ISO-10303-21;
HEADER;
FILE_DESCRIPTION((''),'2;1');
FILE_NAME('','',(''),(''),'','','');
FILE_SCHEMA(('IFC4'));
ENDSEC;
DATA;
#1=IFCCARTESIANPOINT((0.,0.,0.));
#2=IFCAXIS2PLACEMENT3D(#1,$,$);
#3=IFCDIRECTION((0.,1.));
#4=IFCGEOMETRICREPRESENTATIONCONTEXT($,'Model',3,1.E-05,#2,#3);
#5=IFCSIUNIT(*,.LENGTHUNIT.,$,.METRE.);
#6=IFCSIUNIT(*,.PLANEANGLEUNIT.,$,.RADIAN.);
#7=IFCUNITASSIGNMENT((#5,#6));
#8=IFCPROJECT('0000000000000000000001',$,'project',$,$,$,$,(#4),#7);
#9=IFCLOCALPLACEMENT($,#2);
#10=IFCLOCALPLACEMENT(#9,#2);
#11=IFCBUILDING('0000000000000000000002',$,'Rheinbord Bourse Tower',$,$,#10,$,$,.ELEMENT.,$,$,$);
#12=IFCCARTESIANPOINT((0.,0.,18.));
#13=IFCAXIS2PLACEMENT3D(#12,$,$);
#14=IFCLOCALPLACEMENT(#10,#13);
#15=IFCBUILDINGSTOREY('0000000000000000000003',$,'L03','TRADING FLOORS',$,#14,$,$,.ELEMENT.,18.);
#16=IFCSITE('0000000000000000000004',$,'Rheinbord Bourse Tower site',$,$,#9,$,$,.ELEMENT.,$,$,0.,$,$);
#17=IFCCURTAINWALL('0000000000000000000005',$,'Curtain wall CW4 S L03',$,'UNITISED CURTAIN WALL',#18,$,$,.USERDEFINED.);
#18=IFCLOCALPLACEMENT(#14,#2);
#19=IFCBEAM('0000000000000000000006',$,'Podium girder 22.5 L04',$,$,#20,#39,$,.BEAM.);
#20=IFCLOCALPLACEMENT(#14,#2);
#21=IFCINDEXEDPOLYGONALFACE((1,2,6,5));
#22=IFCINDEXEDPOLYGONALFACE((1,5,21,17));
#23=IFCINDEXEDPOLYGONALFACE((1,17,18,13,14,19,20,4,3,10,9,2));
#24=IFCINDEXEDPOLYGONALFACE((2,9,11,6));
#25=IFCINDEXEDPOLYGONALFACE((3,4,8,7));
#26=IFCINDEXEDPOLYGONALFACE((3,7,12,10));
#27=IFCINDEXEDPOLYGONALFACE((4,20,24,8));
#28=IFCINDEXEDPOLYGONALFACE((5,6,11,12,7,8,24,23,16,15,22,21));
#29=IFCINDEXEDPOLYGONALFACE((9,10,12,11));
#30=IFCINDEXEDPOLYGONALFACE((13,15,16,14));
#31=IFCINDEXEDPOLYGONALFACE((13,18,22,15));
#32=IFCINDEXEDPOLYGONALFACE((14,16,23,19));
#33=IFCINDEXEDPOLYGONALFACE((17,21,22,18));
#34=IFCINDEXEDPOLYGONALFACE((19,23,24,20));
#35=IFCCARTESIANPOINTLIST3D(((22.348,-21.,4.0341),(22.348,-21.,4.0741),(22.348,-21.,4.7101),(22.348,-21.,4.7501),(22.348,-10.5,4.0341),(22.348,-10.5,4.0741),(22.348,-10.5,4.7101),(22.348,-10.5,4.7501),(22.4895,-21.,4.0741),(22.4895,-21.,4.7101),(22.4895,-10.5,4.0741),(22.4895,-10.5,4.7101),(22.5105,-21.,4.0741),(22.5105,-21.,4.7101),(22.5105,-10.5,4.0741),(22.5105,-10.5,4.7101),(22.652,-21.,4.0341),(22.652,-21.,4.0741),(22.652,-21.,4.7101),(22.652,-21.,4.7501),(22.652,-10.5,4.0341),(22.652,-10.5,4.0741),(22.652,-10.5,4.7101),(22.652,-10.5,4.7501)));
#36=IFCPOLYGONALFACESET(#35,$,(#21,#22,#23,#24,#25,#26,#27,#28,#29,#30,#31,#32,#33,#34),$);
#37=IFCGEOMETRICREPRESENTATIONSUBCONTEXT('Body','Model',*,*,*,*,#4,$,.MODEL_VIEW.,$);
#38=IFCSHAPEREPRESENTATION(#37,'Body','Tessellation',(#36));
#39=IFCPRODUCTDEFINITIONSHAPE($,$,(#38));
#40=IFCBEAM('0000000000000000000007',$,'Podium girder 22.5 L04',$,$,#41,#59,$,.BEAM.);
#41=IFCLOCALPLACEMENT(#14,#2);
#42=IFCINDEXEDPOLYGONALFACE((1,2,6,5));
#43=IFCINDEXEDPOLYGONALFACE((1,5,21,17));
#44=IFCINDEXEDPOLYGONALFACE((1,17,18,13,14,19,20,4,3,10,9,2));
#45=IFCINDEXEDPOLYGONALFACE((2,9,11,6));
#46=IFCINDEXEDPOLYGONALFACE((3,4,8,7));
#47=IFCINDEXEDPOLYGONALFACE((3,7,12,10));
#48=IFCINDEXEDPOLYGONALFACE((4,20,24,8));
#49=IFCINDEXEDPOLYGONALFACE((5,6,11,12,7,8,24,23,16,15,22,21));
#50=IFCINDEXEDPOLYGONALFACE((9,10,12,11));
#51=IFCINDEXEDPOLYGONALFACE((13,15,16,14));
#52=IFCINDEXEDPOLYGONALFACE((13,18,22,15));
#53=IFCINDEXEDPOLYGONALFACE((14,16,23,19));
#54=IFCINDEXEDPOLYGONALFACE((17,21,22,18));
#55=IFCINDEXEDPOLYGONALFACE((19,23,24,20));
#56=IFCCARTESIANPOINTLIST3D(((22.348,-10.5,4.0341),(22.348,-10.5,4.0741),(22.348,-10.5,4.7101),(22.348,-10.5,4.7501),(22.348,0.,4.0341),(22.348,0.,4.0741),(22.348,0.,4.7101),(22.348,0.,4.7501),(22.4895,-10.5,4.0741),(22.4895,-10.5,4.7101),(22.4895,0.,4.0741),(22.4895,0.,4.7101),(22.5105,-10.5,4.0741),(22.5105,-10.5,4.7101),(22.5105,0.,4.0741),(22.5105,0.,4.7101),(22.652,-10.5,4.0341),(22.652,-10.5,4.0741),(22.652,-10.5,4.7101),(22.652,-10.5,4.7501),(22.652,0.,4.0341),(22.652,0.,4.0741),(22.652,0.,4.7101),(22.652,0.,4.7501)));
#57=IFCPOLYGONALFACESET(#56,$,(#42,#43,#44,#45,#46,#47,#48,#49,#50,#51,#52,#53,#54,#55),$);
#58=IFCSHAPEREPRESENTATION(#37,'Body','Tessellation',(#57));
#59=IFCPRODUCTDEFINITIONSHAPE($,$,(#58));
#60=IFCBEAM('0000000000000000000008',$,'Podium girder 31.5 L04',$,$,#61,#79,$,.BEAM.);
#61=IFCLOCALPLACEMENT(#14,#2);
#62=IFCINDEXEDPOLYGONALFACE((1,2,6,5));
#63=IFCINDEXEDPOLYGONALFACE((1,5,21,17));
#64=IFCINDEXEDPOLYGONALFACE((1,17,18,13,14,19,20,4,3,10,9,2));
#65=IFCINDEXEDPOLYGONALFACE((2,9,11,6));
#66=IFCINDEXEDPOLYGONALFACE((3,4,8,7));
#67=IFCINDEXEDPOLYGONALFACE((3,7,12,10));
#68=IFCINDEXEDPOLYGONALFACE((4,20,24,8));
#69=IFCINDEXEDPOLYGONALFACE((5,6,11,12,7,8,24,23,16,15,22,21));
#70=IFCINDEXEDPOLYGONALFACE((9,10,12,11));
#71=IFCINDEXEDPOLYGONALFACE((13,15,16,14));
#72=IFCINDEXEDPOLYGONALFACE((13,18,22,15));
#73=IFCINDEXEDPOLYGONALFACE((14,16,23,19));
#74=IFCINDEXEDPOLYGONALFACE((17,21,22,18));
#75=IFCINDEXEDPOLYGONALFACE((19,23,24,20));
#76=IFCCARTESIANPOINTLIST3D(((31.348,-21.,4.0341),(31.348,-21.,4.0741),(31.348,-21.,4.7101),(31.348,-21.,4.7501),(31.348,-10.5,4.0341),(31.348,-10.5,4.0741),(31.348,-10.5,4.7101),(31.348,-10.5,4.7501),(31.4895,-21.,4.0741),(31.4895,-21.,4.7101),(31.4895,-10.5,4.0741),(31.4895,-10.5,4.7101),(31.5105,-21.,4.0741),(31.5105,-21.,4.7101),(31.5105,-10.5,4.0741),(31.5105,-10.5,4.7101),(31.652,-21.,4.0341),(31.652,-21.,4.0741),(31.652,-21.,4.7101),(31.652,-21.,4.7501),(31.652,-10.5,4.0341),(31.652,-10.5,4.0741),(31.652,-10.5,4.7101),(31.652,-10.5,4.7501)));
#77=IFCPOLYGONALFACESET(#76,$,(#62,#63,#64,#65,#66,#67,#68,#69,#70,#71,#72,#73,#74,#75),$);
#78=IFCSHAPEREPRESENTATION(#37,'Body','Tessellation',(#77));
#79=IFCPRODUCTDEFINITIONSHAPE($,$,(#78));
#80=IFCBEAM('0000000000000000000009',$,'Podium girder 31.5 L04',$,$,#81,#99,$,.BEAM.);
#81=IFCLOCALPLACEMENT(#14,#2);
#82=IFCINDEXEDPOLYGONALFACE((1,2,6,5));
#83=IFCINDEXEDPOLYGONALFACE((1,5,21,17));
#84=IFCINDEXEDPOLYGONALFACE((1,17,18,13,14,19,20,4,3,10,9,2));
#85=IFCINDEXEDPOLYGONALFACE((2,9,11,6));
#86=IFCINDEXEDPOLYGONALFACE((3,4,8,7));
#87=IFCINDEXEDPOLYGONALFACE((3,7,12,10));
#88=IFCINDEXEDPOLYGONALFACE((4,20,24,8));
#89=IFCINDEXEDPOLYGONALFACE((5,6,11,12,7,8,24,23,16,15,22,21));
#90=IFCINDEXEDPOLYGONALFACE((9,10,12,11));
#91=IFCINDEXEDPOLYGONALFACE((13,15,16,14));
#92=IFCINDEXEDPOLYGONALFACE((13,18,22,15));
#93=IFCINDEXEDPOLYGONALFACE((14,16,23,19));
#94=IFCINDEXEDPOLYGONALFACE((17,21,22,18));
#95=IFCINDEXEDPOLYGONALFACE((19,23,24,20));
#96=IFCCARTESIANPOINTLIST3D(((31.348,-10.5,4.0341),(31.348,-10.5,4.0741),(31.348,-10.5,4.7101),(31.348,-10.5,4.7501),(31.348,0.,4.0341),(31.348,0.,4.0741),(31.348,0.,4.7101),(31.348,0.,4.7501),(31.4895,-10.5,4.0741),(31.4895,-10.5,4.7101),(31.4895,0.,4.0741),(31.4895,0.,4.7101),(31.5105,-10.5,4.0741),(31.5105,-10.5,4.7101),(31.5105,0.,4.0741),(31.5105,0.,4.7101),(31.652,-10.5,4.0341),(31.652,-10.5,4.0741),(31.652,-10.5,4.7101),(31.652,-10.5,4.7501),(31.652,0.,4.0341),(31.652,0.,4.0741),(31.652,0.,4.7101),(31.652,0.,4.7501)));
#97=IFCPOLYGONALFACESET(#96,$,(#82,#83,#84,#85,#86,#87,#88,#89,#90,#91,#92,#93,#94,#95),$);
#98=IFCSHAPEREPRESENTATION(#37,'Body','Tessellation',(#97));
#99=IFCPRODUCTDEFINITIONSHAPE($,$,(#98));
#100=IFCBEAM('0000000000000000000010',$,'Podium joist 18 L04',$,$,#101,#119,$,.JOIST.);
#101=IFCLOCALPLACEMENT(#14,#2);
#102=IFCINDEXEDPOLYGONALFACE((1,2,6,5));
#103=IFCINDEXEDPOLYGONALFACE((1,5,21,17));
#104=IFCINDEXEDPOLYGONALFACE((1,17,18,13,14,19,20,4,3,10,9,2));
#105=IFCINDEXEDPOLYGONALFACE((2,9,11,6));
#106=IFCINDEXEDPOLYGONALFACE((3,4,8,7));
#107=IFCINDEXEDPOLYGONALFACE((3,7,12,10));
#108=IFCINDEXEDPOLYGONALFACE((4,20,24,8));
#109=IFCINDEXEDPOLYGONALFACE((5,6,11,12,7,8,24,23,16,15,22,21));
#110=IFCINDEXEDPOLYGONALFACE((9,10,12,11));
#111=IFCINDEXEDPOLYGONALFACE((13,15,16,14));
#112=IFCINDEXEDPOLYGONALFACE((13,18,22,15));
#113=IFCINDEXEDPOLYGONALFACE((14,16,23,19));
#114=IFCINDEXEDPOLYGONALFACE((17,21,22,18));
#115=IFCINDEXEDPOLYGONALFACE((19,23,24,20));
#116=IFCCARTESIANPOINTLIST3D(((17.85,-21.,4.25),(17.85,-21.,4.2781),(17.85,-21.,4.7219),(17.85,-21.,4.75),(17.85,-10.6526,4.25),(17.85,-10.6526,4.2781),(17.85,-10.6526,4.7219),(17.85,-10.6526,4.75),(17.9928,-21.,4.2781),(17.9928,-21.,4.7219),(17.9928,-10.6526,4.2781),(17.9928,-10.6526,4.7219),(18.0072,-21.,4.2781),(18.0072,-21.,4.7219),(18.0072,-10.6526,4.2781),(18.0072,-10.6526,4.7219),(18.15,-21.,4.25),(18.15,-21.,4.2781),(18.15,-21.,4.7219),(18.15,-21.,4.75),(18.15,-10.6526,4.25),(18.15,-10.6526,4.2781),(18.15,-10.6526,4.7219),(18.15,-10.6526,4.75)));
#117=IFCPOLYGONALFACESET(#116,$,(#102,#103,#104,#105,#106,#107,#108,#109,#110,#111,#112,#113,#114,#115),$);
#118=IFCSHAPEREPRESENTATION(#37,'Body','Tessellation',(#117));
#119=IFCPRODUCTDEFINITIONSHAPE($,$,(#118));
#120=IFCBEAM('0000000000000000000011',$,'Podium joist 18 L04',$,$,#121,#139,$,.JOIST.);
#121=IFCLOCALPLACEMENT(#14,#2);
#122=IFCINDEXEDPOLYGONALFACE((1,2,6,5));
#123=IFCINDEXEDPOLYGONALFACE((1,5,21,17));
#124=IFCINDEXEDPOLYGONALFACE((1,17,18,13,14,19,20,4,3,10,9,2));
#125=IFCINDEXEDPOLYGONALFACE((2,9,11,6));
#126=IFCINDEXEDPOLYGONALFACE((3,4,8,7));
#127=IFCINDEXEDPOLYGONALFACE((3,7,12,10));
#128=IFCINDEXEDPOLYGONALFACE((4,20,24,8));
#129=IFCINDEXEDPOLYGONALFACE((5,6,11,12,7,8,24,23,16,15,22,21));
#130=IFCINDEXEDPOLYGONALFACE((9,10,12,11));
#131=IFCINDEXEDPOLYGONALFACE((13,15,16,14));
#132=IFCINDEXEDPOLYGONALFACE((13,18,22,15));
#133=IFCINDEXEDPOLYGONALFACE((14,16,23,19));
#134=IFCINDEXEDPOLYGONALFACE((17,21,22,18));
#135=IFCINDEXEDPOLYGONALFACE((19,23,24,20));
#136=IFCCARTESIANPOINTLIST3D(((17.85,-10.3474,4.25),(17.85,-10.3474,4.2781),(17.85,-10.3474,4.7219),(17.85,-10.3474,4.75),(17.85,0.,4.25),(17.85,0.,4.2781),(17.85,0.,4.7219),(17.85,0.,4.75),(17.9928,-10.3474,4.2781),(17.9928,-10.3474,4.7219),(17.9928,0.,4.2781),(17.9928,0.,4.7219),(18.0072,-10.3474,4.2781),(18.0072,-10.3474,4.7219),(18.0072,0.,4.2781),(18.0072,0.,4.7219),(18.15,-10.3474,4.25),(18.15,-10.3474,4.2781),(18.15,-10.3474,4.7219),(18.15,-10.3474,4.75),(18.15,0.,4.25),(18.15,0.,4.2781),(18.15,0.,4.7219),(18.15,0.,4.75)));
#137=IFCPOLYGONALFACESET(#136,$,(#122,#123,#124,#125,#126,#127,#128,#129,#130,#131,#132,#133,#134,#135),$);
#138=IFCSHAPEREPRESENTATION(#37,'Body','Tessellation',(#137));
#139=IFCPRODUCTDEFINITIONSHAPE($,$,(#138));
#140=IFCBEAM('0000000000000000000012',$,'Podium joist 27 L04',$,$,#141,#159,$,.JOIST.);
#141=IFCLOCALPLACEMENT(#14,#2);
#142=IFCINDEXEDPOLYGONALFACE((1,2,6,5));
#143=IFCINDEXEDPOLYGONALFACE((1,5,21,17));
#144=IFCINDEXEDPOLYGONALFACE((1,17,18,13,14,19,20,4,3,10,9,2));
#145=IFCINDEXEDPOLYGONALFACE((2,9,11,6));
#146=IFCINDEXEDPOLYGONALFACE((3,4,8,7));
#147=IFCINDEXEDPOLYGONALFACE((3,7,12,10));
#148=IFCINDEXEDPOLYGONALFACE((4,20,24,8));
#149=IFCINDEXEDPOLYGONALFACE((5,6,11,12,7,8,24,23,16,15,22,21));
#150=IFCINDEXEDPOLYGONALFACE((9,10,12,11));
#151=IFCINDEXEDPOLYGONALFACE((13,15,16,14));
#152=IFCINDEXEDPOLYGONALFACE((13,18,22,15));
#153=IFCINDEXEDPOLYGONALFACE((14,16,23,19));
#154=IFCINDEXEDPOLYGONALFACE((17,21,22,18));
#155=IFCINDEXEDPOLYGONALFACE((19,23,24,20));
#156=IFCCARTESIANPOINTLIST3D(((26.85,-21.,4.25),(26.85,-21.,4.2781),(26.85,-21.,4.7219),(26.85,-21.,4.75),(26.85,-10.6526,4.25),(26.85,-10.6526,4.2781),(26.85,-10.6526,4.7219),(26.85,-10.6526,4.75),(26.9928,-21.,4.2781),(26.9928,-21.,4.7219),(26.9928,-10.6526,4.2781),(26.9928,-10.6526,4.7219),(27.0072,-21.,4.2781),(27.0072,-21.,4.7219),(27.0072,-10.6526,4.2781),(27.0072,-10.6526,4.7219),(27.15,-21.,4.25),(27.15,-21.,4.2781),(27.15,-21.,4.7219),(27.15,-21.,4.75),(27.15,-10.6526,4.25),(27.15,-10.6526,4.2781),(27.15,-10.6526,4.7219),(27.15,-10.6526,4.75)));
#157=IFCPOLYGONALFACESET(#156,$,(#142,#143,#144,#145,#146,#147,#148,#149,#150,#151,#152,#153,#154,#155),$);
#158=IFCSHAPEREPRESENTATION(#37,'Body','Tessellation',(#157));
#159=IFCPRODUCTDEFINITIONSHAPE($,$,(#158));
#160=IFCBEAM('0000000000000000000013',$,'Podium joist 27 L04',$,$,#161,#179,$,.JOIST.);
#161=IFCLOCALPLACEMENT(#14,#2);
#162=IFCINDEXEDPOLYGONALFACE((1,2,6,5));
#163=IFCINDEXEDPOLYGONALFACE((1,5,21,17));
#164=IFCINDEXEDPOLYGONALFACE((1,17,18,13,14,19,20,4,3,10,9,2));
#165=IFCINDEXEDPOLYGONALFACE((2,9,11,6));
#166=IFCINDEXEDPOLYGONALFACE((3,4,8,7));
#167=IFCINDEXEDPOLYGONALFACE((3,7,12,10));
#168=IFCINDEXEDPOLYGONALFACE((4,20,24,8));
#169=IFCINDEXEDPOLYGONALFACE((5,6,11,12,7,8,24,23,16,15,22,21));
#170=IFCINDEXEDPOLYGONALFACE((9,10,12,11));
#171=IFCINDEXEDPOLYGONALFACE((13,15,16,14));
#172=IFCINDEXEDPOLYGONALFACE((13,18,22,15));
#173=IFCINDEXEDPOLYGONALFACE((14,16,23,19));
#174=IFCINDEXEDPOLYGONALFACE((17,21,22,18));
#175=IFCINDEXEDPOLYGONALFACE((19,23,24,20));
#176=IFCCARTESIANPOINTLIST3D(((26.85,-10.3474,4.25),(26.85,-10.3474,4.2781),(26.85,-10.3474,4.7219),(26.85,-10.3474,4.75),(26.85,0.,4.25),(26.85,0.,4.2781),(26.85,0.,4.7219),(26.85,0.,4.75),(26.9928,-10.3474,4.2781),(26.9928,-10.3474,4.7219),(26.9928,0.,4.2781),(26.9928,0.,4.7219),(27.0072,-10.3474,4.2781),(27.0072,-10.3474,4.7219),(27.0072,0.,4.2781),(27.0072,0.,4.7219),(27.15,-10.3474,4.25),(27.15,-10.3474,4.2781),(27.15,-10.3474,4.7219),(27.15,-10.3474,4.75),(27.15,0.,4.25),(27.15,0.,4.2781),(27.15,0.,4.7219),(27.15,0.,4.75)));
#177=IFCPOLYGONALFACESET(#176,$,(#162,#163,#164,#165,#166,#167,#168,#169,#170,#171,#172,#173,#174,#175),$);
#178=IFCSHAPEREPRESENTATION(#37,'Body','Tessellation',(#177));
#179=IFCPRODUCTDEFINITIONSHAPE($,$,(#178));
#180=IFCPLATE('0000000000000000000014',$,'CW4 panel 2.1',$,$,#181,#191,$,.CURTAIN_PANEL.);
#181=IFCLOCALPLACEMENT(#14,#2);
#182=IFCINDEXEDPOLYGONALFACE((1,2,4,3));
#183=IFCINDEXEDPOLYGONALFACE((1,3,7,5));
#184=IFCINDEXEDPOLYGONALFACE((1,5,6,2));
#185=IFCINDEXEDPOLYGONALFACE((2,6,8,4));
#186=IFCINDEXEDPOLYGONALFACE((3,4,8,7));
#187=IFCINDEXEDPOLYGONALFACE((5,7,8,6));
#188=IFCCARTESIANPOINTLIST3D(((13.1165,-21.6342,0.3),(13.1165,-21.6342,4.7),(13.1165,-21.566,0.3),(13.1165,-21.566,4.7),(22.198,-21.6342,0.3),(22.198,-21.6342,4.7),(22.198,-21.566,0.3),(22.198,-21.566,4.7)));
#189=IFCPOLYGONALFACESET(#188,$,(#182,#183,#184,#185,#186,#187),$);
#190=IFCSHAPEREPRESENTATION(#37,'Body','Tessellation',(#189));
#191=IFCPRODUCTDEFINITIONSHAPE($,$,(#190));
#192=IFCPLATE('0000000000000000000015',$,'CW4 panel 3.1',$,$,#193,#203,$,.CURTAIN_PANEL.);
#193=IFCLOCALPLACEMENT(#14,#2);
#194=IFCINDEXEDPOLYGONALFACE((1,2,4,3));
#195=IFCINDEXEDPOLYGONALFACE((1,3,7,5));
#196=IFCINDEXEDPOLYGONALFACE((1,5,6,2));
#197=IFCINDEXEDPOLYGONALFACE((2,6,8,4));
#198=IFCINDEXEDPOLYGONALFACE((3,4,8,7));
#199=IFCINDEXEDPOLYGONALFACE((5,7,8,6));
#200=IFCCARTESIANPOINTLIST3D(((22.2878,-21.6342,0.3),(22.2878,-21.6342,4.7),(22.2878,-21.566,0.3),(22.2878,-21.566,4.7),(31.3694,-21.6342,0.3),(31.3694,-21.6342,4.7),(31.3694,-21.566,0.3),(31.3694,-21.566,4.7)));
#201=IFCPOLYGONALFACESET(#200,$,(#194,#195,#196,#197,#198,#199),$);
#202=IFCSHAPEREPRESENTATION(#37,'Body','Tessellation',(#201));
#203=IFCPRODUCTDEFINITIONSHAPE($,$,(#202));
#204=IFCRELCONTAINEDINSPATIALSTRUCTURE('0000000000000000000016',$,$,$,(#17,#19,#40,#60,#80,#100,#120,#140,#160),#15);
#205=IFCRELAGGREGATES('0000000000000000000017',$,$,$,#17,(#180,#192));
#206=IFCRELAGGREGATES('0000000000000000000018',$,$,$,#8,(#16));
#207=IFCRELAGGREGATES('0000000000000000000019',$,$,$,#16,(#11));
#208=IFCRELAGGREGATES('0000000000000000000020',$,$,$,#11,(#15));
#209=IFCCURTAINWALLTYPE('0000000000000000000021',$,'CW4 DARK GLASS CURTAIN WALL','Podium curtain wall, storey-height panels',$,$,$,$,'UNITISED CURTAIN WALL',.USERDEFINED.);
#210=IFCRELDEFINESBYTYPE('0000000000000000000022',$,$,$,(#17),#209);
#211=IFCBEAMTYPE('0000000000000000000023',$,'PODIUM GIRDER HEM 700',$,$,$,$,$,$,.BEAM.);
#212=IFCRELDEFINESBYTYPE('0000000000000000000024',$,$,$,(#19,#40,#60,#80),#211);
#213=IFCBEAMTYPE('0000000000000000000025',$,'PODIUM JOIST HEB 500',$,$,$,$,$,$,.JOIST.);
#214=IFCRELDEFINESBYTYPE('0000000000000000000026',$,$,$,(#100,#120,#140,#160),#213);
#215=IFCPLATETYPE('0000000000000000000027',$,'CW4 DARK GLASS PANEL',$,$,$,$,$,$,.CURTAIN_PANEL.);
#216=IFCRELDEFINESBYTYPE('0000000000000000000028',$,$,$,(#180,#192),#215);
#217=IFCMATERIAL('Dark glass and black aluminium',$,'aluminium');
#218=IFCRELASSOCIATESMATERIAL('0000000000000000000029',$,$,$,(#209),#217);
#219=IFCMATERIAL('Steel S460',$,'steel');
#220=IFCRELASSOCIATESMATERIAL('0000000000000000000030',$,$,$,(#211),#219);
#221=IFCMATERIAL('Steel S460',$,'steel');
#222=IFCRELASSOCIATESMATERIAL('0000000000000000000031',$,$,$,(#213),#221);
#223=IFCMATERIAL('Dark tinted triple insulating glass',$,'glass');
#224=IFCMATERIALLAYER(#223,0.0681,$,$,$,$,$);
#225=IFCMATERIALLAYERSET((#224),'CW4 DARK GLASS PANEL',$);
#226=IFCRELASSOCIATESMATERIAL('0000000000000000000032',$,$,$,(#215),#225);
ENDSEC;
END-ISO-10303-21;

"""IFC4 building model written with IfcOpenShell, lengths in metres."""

from ifc_helpers import new_model, si_unit, direction, frame, origin, origin_2d, place, context, subcontext, project, spatial, rectangle, i_section, extrude, material, layer, layer_set, material_profile, profile_set, type_object, element, aggregate, save


model = new_model("IFC4")

# Units and contexts
model_context = context("Model", 3, precision=1e-05, world=origin(), true_north=direction((0.0, 1.0)))
body_context = subcontext(model_context, "Body", "Model", "MODEL_VIEW")
ifc_project = project(units=[si_unit("LENGTHUNIT", "METRE"), si_unit("PLANEANGLEUNIT", "RADIAN")], contexts=[model_context])

# Site, building, storey
site_placement = place(None, origin())
site = spatial("IfcSite", under=ifc_project, at=site_placement, Name="Rheinbord Bourse Tower site", CompositionType="ELEMENT", RefElevation=0.0)
building_placement = place(site_placement, origin())
building = spatial("IfcBuilding", under=site, at=building_placement, Name="Rheinbord Bourse Tower", CompositionType="ELEMENT")
storey_placement = place(building_placement, frame((0.0, 0.0, 18.0)))
storey = spatial("IfcBuildingStorey", under=building, at=storey_placement, Name="L03", Description="TRADING FLOORS", CompositionType="ELEMENT", Elevation=18.0)

# Curtain wall
ifc_material_1 = material(Name="Dark glass and black aluminium", Category="aluminium")
curtain_wall_type = type_object("IfcCurtainWallType", Name="CW4 DARK GLASS CURTAIN WALL", Description="Podium curtain wall, storey-height panels", ElementType="UNITISED CURTAIN WALL", PredefinedType="USERDEFINED", material=ifc_material_1)
curtain_wall_placement = place(storey_placement, origin())
curtain_wall = element("IfcCurtainWall", 1, at=curtain_wall_placement, inside=storey, type_object=curtain_wall_type, Name="Curtain wall CW4 S L03", ObjectType="UNITISED CURTAIN WALL", PredefinedType="USERDEFINED")

# Beams
ifc_material_2 = material(Name="Steel S460", Category="steel")
ifc_material_profile_1 = material_profile(ifc_material_2, i_section(OverallWidth=0.304, OverallDepth=0.7161, WebThickness=0.021, FlangeThickness=0.04, at=origin_2d()), Name="HEM 700")
ifc_profile_set_1 = profile_set([ifc_material_profile_1], Name="Steel S460")
beam_type_1 = type_object("IfcBeamType", Name="PODIUM GIRDER HEM 700", PredefinedType="BEAM", material=ifc_profile_set_1)
for number, where, z_axis, x_axis, name in (
    (2, (22.5, -21.0, 4.3921), (0.0, 1.0, 0.0), (-1.0, 0.0, 0.0), "Podium girder 22.5 L04"),
    (3, (22.5, -10.5, 4.3921), (0.0, 1.0, 0.0), (-1.0, 0.0, 0.0), "Podium girder 22.5 L04"),
    (4, (31.5, -21.0, 4.3921), (0.0, 1.0, 0.0), (-1.0, 0.0, 0.0), "Podium girder 31.5 L04"),
    (5, (31.5, -10.5, 4.3921), (0.0, 1.0, 0.0), (-1.0, 0.0, 0.0), "Podium girder 31.5 L04"),
):
    element("IfcBeam", number, at=place(storey_placement, frame(where, z_axis=z_axis, x_axis=x_axis)), inside=storey, type_object=beam_type_1, Name=name, PredefinedType="BEAM", context=body_context, shape_type="SweptSolid", body=[
        extrude(i_section(OverallWidth=0.304, OverallDepth=0.7161, WebThickness=0.021, FlangeThickness=0.04, at=origin_2d()), origin(), (0.0, 0.0, 1.0), 10.5),
    ])
ifc_material_3 = material(Name="Steel S460", Category="steel")
ifc_material_profile_2 = material_profile(ifc_material_3, i_section(OverallWidth=0.3, OverallDepth=0.5, WebThickness=0.0144, FlangeThickness=0.0281, at=origin_2d()), Name="HEB 500")
ifc_profile_set_2 = profile_set([ifc_material_profile_2], Name="Steel S460")
beam_type_2 = type_object("IfcBeamType", Name="PODIUM JOIST HEB 500", PredefinedType="JOIST", material=ifc_profile_set_2)
for number, where, z_axis, x_axis, name in (
    (6, (18.0, -21.0, 4.5), (0.0, 1.0, 0.0), (-1.0, 0.0, 0.0), "Podium joist 18 L04"),
    (7, (18.0, -10.3474, 4.5), (0.0, 1.0, 0.0), (-1.0, 0.0, 0.0), "Podium joist 18 L04"),
    (8, (27.0, -21.0, 4.5), (0.0, 1.0, 0.0), (-1.0, 0.0, 0.0), "Podium joist 27 L04"),
    (9, (27.0, -10.3474, 4.5), (0.0, 1.0, 0.0), (-1.0, 0.0, 0.0), "Podium joist 27 L04"),
):
    element("IfcBeam", number, at=place(storey_placement, frame(where, z_axis=z_axis, x_axis=x_axis)), inside=storey, type_object=beam_type_2, Name=name, PredefinedType="JOIST", context=body_context, shape_type="SweptSolid", body=[
        extrude(i_section(OverallWidth=0.3, OverallDepth=0.5, WebThickness=0.0144, FlangeThickness=0.0281, at=origin_2d()), origin(), (0.0, 0.0, 1.0), 10.3474),
    ])

# Plates
ifc_material_4 = material(Name="Dark tinted triple insulating glass", Category="glass")
ifc_layer_1 = layer(ifc_material_4, 0.0681)
ifc_layer_set_1 = layer_set([ifc_layer_1], Name="CW4 DARK GLASS PANEL")
plate_type = type_object("IfcPlateType", Name="CW4 DARK GLASS PANEL", PredefinedType="CURTAIN_PANEL", material=ifc_layer_set_1)
plate_1_placement = place(storey_placement, frame((17.6572, -21.6001, 0.3), z_axis=(0.0, 0.0, 1.0), x_axis=(1.0, 0.0, 0.0)))
plate_1 = element("IfcPlate", 10, at=plate_1_placement, type_object=plate_type, Name="CW4 panel 2.1", PredefinedType="CURTAIN_PANEL", context=body_context, shape_type="SweptSolid", body=[
    extrude(rectangle(XDim=9.0815, YDim=0.0681, at=origin_2d()), origin(), (0.0, 0.0, 1.0), 4.3999),
])
plate_2_placement = place(storey_placement, frame((26.8286, -21.6001, 0.3), z_axis=(0.0, 0.0, 1.0), x_axis=(1.0, 0.0, 0.0)))
plate_2 = element("IfcPlate", 11, at=plate_2_placement, type_object=plate_type, Name="CW4 panel 3.1", PredefinedType="CURTAIN_PANEL", context=body_context, shape_type="SweptSolid", body=[
    extrude(rectangle(XDim=9.0815, YDim=0.0681, at=origin_2d()), origin(), (0.0, 0.0, 1.0), 4.3999),
])
aggregate(curtain_wall, [plate_1, plate_2])

save(model, "model.ifc")
